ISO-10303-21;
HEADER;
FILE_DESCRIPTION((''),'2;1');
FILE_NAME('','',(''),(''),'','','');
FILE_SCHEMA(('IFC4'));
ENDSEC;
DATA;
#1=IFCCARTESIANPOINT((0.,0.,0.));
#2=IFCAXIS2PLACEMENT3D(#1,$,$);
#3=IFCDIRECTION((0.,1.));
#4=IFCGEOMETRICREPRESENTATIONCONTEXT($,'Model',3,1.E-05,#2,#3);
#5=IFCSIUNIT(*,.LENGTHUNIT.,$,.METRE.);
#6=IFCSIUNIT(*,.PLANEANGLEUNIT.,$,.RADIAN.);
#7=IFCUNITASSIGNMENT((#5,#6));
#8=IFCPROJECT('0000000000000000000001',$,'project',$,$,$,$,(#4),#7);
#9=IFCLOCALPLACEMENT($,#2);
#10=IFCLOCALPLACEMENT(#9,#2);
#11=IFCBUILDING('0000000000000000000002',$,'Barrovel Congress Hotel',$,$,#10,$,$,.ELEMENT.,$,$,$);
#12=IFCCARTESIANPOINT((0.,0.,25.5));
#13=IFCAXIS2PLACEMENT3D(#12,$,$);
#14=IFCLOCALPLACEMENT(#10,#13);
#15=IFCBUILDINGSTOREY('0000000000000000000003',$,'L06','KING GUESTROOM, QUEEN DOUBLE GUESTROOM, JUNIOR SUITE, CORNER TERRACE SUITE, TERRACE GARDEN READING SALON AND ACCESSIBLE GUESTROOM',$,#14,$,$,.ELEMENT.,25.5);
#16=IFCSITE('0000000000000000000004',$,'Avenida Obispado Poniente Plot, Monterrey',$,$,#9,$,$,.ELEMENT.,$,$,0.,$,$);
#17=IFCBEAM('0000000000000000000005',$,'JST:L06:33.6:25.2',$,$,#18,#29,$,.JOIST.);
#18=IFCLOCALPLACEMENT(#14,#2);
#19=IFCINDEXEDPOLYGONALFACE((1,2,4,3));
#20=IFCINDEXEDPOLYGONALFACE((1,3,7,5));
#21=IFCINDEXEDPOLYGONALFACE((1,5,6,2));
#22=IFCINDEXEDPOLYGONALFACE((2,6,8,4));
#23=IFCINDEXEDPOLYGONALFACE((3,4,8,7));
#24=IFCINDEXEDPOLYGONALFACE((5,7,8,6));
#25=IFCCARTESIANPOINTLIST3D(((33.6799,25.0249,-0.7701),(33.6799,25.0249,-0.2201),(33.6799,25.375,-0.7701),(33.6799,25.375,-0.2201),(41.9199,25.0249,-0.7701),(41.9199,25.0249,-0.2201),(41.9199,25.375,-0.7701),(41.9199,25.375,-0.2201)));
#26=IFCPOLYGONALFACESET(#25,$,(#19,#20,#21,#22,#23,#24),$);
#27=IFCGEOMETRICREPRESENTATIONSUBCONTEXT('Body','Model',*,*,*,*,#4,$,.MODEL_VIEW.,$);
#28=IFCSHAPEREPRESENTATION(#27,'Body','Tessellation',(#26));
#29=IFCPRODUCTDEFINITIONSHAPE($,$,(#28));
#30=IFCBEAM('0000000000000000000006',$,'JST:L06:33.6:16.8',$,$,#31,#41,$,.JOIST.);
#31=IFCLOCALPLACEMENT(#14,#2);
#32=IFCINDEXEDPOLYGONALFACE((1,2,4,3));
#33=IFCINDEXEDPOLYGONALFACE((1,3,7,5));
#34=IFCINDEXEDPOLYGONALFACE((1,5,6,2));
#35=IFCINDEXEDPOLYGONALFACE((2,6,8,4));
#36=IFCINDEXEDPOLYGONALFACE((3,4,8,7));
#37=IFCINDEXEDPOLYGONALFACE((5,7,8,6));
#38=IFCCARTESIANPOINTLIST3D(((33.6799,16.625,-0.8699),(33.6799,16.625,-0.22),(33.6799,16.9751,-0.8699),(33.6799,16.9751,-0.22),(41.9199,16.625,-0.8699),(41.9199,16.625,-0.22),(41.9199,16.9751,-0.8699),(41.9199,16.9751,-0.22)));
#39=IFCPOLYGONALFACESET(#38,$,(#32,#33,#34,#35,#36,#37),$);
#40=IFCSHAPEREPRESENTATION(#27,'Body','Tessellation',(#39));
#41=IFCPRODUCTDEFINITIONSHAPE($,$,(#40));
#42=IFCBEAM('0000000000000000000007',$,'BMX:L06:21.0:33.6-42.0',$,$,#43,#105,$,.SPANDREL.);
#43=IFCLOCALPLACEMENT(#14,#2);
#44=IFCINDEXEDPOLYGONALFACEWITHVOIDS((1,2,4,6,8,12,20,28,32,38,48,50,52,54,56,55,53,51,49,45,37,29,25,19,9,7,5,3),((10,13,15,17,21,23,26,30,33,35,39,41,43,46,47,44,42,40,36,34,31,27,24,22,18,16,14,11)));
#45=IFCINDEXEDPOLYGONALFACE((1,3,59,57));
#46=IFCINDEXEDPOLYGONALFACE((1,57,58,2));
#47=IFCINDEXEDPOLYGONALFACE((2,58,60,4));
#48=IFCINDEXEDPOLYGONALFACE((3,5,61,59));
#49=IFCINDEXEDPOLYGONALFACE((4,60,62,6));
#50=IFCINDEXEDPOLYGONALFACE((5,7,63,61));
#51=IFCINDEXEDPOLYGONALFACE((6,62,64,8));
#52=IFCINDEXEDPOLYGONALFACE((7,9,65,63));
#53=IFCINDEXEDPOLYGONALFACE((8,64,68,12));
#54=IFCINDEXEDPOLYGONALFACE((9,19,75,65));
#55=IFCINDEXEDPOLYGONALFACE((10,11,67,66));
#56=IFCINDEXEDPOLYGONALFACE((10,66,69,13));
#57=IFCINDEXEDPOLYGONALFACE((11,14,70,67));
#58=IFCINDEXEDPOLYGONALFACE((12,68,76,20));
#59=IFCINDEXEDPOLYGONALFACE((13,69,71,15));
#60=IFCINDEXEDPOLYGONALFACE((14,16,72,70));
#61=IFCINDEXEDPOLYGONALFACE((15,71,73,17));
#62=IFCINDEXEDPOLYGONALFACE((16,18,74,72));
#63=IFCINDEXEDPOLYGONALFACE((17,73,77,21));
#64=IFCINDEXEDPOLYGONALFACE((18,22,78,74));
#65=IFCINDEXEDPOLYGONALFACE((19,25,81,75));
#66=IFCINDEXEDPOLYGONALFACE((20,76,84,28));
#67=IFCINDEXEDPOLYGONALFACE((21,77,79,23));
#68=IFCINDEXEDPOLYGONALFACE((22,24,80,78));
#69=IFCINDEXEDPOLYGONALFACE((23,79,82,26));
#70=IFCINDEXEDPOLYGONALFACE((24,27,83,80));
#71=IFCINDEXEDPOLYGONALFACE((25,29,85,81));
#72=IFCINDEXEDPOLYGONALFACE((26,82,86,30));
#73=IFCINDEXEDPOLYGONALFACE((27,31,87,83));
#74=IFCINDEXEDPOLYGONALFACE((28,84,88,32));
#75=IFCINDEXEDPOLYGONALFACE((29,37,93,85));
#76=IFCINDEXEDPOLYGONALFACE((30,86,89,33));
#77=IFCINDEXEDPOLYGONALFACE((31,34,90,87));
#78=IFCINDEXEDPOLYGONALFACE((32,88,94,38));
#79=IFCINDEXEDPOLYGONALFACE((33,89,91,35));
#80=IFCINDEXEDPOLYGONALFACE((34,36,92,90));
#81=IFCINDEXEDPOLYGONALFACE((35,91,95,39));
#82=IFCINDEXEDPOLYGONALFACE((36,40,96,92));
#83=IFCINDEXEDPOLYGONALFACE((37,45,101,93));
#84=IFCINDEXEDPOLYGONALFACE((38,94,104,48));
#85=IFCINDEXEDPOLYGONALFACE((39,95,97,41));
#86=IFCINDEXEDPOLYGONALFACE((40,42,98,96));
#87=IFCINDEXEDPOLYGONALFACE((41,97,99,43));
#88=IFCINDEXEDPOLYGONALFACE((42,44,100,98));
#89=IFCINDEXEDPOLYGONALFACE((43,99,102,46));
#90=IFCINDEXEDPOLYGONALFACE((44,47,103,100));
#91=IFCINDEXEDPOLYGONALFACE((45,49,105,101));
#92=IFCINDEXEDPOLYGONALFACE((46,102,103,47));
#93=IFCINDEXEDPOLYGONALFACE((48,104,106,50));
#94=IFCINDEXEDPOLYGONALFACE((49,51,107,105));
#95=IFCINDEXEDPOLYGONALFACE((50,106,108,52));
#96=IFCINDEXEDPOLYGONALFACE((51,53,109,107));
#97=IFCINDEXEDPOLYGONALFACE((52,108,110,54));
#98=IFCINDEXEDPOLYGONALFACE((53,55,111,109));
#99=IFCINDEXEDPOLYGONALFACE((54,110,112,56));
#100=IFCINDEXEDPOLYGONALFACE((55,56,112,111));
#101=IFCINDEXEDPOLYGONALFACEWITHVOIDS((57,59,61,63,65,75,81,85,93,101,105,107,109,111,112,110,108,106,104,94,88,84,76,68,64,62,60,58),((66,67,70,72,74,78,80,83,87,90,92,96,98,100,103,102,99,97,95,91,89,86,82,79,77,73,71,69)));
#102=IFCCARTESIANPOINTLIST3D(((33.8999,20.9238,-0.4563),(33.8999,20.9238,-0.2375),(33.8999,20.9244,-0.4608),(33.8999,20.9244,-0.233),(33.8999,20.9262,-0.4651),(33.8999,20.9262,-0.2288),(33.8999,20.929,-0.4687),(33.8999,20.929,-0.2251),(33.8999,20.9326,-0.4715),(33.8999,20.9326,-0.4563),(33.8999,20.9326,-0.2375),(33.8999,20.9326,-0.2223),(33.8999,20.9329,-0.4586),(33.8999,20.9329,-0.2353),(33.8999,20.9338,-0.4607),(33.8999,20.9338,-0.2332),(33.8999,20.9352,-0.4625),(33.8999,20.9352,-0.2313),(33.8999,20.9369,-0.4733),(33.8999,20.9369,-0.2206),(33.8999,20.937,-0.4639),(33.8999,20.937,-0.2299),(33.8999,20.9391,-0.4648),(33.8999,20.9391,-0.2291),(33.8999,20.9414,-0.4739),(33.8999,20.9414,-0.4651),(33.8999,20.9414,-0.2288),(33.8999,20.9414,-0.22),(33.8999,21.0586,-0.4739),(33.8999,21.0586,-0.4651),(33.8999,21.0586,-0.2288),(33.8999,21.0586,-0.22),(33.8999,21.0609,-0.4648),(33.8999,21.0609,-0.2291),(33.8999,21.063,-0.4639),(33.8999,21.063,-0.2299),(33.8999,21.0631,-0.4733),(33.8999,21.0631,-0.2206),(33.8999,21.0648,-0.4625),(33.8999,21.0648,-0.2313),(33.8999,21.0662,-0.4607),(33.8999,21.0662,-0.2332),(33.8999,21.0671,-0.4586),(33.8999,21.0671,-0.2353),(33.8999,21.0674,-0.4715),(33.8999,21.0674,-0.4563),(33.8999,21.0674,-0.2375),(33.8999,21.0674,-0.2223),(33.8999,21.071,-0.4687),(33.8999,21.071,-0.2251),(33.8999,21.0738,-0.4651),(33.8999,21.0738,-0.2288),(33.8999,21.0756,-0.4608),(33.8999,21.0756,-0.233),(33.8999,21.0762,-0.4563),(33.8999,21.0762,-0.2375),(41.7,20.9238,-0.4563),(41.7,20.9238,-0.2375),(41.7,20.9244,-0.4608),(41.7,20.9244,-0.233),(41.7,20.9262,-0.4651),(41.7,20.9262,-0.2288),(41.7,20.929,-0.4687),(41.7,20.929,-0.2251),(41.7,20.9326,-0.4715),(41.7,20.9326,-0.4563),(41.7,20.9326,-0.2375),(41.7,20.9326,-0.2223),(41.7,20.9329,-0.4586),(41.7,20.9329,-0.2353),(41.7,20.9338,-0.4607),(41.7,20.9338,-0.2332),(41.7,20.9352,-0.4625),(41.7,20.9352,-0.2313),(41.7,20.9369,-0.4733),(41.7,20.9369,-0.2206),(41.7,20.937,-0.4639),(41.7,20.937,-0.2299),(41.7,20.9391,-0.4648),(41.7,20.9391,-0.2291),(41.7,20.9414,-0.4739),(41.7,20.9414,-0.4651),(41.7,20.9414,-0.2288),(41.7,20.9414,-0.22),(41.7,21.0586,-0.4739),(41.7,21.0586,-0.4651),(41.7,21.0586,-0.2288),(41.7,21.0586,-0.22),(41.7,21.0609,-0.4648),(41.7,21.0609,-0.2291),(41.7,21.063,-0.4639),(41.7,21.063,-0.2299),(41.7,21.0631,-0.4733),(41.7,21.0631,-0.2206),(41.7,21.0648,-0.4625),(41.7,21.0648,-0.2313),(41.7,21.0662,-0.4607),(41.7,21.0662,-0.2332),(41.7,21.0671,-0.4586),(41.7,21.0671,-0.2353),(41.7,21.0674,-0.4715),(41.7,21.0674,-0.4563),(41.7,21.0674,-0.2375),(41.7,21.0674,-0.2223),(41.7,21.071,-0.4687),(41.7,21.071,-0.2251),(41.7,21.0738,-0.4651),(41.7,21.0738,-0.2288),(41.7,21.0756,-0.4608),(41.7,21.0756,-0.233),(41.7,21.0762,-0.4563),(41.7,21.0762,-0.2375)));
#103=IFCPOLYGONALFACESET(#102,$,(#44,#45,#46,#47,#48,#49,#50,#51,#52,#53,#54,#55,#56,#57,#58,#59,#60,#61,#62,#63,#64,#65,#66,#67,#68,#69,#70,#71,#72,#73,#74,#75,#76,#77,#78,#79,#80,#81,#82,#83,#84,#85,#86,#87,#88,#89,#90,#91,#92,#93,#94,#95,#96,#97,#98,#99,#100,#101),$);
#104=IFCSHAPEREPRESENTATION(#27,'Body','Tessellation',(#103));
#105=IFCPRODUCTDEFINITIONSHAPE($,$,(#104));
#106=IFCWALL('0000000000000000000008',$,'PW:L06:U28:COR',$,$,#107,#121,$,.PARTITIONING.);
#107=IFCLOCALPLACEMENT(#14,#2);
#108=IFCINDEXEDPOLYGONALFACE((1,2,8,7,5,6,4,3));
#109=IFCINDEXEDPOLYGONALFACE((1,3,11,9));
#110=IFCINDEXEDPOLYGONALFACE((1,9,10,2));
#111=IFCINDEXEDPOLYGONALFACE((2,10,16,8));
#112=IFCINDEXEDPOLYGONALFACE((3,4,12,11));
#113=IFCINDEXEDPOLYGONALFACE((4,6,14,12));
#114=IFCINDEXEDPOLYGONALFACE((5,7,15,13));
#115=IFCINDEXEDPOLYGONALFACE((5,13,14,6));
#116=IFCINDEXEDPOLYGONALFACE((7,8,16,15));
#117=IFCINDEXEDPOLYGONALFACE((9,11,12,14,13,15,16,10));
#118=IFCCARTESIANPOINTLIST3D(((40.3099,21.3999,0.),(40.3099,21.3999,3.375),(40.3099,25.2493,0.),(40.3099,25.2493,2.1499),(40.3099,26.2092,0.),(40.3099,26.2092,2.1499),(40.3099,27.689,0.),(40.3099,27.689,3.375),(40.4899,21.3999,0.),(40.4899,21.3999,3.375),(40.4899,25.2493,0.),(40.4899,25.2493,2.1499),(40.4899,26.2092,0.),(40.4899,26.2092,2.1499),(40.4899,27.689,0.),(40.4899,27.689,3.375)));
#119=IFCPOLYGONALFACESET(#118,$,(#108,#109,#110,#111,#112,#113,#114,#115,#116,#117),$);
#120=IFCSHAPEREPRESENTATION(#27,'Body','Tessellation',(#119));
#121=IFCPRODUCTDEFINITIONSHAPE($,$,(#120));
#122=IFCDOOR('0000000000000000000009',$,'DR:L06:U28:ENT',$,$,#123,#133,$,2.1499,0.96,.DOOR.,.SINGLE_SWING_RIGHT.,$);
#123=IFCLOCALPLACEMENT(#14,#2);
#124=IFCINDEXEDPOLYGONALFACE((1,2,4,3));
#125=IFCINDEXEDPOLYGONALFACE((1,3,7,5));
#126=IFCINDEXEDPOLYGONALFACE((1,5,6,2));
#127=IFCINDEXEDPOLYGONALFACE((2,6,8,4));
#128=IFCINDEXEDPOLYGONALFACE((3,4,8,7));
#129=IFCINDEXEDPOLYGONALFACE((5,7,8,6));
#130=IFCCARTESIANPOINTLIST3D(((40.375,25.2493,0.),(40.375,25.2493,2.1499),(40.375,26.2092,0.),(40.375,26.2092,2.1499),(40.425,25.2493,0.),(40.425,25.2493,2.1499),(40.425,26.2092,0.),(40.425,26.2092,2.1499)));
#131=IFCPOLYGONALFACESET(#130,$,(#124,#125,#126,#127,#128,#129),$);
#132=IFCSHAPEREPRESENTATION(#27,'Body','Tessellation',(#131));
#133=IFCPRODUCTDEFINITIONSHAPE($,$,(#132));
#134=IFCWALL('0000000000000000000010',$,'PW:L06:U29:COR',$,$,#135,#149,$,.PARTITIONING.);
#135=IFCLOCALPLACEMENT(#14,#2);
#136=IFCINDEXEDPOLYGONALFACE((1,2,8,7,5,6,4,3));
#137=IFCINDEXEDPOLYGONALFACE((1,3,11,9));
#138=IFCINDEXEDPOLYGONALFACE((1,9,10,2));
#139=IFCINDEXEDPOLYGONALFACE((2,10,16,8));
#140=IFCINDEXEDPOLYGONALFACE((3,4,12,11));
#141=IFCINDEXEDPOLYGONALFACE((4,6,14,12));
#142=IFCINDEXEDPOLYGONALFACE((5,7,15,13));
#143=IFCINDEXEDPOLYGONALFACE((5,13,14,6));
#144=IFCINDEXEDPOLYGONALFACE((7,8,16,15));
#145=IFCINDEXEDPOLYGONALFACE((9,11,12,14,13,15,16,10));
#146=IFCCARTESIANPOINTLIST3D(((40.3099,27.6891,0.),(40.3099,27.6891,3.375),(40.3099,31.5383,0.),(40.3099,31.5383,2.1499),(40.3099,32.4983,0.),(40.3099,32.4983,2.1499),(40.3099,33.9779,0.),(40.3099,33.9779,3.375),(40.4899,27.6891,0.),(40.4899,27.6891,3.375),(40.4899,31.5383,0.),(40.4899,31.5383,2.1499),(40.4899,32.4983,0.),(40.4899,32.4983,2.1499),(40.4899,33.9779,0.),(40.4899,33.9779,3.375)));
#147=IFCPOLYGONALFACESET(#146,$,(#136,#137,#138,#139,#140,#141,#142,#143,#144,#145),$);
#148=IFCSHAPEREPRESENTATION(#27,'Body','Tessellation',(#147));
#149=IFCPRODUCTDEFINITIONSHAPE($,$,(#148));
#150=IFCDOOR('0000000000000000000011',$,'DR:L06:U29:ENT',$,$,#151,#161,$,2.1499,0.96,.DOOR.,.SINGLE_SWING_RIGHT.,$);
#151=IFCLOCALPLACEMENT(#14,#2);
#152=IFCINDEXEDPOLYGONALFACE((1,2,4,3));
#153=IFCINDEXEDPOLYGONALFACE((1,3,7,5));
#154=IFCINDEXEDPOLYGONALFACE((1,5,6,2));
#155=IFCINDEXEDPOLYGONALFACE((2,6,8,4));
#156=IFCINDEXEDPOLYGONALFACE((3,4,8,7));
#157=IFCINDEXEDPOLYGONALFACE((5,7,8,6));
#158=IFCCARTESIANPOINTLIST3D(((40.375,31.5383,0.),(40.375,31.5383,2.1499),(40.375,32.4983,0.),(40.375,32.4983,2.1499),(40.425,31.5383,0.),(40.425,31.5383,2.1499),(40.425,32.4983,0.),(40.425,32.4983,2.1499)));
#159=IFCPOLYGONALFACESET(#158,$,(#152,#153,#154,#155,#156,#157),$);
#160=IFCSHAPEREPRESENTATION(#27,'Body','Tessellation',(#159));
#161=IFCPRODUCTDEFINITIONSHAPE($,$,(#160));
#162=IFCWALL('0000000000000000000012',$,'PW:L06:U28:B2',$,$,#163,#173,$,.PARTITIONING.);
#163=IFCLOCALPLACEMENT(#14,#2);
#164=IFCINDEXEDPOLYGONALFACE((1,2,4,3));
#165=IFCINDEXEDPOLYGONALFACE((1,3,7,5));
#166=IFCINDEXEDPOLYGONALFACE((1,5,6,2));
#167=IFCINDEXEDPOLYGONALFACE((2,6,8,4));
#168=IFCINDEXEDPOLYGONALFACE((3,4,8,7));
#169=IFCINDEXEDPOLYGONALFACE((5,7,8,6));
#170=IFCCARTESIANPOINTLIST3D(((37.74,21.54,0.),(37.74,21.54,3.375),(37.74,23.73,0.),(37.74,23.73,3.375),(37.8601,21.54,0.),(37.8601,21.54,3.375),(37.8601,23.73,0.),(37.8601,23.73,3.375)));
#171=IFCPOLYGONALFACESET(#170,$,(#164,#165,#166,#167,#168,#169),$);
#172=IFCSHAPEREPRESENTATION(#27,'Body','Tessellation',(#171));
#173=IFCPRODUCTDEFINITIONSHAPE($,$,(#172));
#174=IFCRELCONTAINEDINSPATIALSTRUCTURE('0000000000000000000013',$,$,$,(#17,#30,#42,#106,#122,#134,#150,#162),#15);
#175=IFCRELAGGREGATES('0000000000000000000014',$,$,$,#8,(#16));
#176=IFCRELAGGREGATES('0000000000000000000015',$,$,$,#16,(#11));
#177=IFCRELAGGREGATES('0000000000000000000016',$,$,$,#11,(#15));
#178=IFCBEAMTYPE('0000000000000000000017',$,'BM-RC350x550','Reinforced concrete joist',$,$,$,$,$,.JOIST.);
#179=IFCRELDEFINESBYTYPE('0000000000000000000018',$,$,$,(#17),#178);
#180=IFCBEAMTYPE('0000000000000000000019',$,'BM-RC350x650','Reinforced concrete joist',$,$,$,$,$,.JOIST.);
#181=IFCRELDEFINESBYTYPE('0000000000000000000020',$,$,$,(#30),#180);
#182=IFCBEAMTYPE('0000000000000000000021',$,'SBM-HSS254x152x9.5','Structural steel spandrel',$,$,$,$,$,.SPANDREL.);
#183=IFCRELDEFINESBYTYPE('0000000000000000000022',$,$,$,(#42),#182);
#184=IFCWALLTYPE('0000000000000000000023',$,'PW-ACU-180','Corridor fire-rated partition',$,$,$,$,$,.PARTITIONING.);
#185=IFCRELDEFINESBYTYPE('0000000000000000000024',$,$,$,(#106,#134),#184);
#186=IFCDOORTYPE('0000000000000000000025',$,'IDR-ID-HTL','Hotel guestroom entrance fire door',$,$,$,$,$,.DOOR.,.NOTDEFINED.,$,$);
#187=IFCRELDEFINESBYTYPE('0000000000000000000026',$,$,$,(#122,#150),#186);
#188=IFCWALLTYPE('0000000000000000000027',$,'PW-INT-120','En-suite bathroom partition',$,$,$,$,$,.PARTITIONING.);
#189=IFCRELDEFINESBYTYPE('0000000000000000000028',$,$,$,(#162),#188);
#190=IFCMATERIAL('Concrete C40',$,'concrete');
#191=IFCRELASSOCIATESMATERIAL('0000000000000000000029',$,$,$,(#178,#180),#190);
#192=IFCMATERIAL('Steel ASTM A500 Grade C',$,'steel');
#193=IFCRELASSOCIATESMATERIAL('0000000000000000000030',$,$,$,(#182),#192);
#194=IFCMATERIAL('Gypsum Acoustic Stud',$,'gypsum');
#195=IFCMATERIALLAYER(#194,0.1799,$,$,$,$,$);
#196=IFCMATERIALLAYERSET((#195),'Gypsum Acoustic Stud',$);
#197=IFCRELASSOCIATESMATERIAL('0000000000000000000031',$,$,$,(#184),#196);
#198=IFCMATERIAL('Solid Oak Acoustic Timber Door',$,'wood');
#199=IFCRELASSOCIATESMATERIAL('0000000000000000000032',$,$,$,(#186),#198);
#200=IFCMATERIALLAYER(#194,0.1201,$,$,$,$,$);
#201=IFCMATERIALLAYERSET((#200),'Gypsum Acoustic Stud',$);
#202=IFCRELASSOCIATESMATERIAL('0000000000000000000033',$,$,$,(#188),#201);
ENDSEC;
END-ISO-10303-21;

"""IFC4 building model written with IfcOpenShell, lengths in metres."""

from ifc_helpers import new_model, si_unit, direction, frame, frame_2d, origin, origin_2d, place, context, subcontext, project, spatial, rectangle, hollow_rectangle, extrude, material, layer, layer_set, material_profile, profile_set, type_object, element, fill, save


model = new_model("IFC4")

# Units and contexts
model_context = context("Model", 3, precision=1e-05, world=origin(), true_north=direction((0.0, 1.0)))
body_context = subcontext(model_context, "Body", "Model", "MODEL_VIEW")
ifc_project = project(units=[si_unit("LENGTHUNIT", "METRE"), si_unit("PLANEANGLEUNIT", "RADIAN")], contexts=[model_context])

# Site, building, storey
site_placement = place(None, origin())
site = spatial("IfcSite", under=ifc_project, at=site_placement, Name="Avenida Obispado Poniente Plot, Monterrey", CompositionType="ELEMENT", RefElevation=0.0)
building_placement = place(site_placement, origin())
building = spatial("IfcBuilding", under=site, at=building_placement, Name="Barrovel Congress Hotel", CompositionType="ELEMENT")
storey_placement = place(building_placement, frame((0.0, 0.0, 25.5)))
storey = spatial("IfcBuildingStorey", under=building, at=storey_placement, Name="L06", Description="KING GUESTROOM, QUEEN DOUBLE GUESTROOM, JUNIOR SUITE, CORNER TERRACE SUITE, TERRACE GARDEN READING SALON AND ACCESSIBLE GUESTROOM", CompositionType="ELEMENT", Elevation=25.5)

# Beams
ifc_material_1 = material(Name="Concrete C40", Category="concrete")
ifc_material_profile_1 = material_profile(ifc_material_1, rectangle(XDim=0.3501, YDim=0.55, at=origin_2d()), Name="RC350x550")
ifc_profile_set_1 = profile_set([ifc_material_profile_1], Name="Concrete C40")
beam_type_1 = type_object("IfcBeamType", Name="BM-RC350x550", Description="Reinforced concrete joist", PredefinedType="JOIST", material=ifc_profile_set_1)
beam_1_placement = place(storey_placement, frame((33.6799, 25.2, -0.4951), z_axis=(1.0, 0.0, 0.0), x_axis=(0.0, 1.0, 0.0)))
element("IfcBeam", 1, at=beam_1_placement, inside=storey, type_object=beam_type_1, Name="JST:L06:33.6:25.2", PredefinedType="JOIST", context=body_context, shape_type="SweptSolid", body=[
    extrude(rectangle(XDim=0.3501, YDim=0.55, at=origin_2d()), origin(), (0.0, 0.0, 1.0), 8.24),
])
ifc_material_profile_2 = material_profile(ifc_material_1, rectangle(XDim=0.3501, YDim=0.6499, at=origin_2d()), Name="RC350x650")
ifc_profile_set_2 = profile_set([ifc_material_profile_2], Name="Concrete C40")
beam_type_2 = type_object("IfcBeamType", Name="BM-RC350x650", Description="Reinforced concrete joist", PredefinedType="JOIST", material=ifc_profile_set_2)
beam_2_placement = place(storey_placement, frame((33.6799, 16.8, -0.5449), z_axis=(1.0, 0.0, 0.0), x_axis=(0.0, 1.0, 0.0)))
element("IfcBeam", 2, at=beam_2_placement, inside=storey, type_object=beam_type_2, Name="JST:L06:33.6:16.8", PredefinedType="JOIST", context=body_context, shape_type="SweptSolid", body=[
    extrude(rectangle(XDim=0.3501, YDim=0.6499, at=origin_2d()), origin(), (0.0, 0.0, 1.0), 8.24),
])
ifc_material_2 = material(Name="Steel ASTM A500 Grade C", Category="steel")
ifc_material_profile_3 = material_profile(ifc_material_2, hollow_rectangle(XDim=0.1523, YDim=0.2539, WallThickness=0.0088, InnerFilletRadius=0.0088, OuterFilletRadius=0.0176, at=origin_2d()), Name="HSS254x152x9.5")
ifc_profile_set_3 = profile_set([ifc_material_profile_3], Name="Steel ASTM A500 Grade C")
beam_type_3 = type_object("IfcBeamType", Name="SBM-HSS254x152x9.5", Description="Structural steel spandrel", PredefinedType="SPANDREL", material=ifc_profile_set_3)
beam_3_placement = place(storey_placement, frame((33.8999, 21.0, -0.3469), z_axis=(1.0, 0.0, 0.0), x_axis=(0.0, 1.0, 0.0)))
element("IfcBeam", 3, at=beam_3_placement, inside=storey, type_object=beam_type_3, Name="BMX:L06:21.0:33.6-42.0", PredefinedType="SPANDREL", context=body_context, shape_type="SweptSolid", body=[
    extrude(hollow_rectangle(XDim=0.1523, YDim=0.2539, WallThickness=0.0088, InnerFilletRadius=0.0088, OuterFilletRadius=0.0176, at=origin_2d()), origin(), (0.0, 0.0, 1.0), 7.8),
])

# Walls, openings, doors
ifc_material_3 = material(Name="Gypsum Acoustic Stud", Category="gypsum")
ifc_layer_1 = layer(ifc_material_3, 0.1799)
ifc_layer_set_1 = layer_set([ifc_layer_1], Name="Gypsum Acoustic Stud")
wall_type_1 = type_object("IfcWallType", Name="PW-ACU-180", Description="Corridor fire-rated partition", PredefinedType="PARTITIONING", material=ifc_layer_set_1)
wall_1_placement = place(storey_placement, frame((40.3999, 21.3999, 0.0), z_axis=(0.0, 0.0, 1.0), x_axis=(0.0, 1.0, 0.0)))
wall_1 = element("IfcWall", 4, at=wall_1_placement, inside=storey, type_object=wall_type_1, Name="PW:L06:U28:COR", PredefinedType="PARTITIONING", context=body_context, shape_type="SweptSolid", body=[
    extrude(rectangle(XDim=6.2891, YDim=0.1799, at=frame_2d((3.1445, 0.0))), origin(), (0.0, 0.0, 1.0), 3.375),
])
opening_1_placement = place(wall_1_placement, frame((3.8494, 0.0, 0.0)))
opening_1 = element("IfcOpeningElement", 5, at=opening_1_placement, cuts=wall_1, PredefinedType="OPENING", context=body_context, shape_type="SweptSolid", body=[
    extrude(rectangle(XDim=0.96, YDim=2.1499, at=frame_2d((0.48, 1.075))), frame((0.0, 0.1001, 0.0), z_axis=(0.0, -1.0, 0.0), x_axis=(1.0, 0.0, 0.0)), (0.0, 0.0, 1.0), 0.2),
])
ifc_material_4 = material(Name="Solid Oak Acoustic Timber Door", Category="wood")
door_type_1 = type_object("IfcDoorType", Name="IDR-ID-HTL", Description="Hotel guestroom entrance fire door", OperationType="NOTDEFINED", PredefinedType="DOOR", material=ifc_material_4)
door_1_placement = place(opening_1_placement, origin())
door_1 = element("IfcDoor", 6, at=door_1_placement, inside=storey, type_object=door_type_1, Name="DR:L06:U28:ENT", OperationType="SINGLE_SWING_RIGHT", OverallHeight=2.1499, OverallWidth=0.96, PredefinedType="DOOR", context=body_context, shape_type="SweptSolid", body=[
    extrude(rectangle(XDim=0.96, YDim=2.1499, at=frame_2d((0.48, 1.075))), frame((0.0, 0.0249, 0.0), z_axis=(0.0, -1.0, 0.0), x_axis=(1.0, 0.0, 0.0)), (0.0, 0.0, 1.0), 0.05),
])
fill(opening_1, door_1)
wall_2_placement = place(storey_placement, frame((40.3999, 27.689, 0.0), z_axis=(0.0, 0.0, 1.0), x_axis=(0.0, 1.0, 0.0)))
wall_2 = element("IfcWall", 7, at=wall_2_placement, inside=storey, type_object=wall_type_1, Name="PW:L06:U29:COR", PredefinedType="PARTITIONING", context=body_context, shape_type="SweptSolid", body=[
    extrude(rectangle(XDim=6.2888, YDim=0.1799, at=frame_2d((3.1445, 0.0))), origin(), (0.0, 0.0, 1.0), 3.375),
])
opening_2_placement = place(wall_2_placement, frame((3.8494, 0.0, 0.0)))
opening_2 = element("IfcOpeningElement", 8, at=opening_2_placement, cuts=wall_2, PredefinedType="OPENING", context=body_context, shape_type="SweptSolid", body=[
    extrude(rectangle(XDim=0.96, YDim=2.1499, at=frame_2d((0.48, 1.075))), frame((0.0, 0.1001, 0.0), z_axis=(0.0, -1.0, 0.0), x_axis=(1.0, 0.0, 0.0)), (0.0, 0.0, 1.0), 0.2),
])
door_2_placement = place(opening_2_placement, origin())
door_2 = element("IfcDoor", 9, at=door_2_placement, inside=storey, type_object=door_type_1, Name="DR:L06:U29:ENT", OperationType="SINGLE_SWING_RIGHT", OverallHeight=2.1499, OverallWidth=0.96, PredefinedType="DOOR", context=body_context, shape_type="SweptSolid", body=[
    extrude(rectangle(XDim=0.96, YDim=2.1499, at=frame_2d((0.48, 1.075))), frame((0.0, 0.0249, 0.0), z_axis=(0.0, -1.0, 0.0), x_axis=(1.0, 0.0, 0.0)), (0.0, 0.0, 1.0), 0.05),
])
fill(opening_2, door_2)

# Wall
ifc_layer_2 = layer(ifc_material_3, 0.1201)
ifc_layer_set_2 = layer_set([ifc_layer_2], Name="Gypsum Acoustic Stud")
wall_type_2 = type_object("IfcWallType", Name="PW-INT-120", Description="En-suite bathroom partition", PredefinedType="PARTITIONING", material=ifc_layer_set_2)
for number, where, z_axis, x_axis, name in (
    (10, (37.8, 21.54, 0.0), (0.0, 0.0, 1.0), (0.0, 1.0, 0.0), "PW:L06:U28:B2"),
):
    element("IfcWall", number, at=place(storey_placement, frame(where, z_axis=z_axis, x_axis=x_axis)), inside=storey, type_object=wall_type_2, Name=name, PredefinedType="PARTITIONING", context=body_context, shape_type="SweptSolid", body=[
        extrude(rectangle(XDim=2.1899, YDim=0.1201, at=frame_2d((1.095, 0.0))), origin(), (0.0, 0.0, 1.0), 3.375),
    ])

save(model, "model.ifc")
